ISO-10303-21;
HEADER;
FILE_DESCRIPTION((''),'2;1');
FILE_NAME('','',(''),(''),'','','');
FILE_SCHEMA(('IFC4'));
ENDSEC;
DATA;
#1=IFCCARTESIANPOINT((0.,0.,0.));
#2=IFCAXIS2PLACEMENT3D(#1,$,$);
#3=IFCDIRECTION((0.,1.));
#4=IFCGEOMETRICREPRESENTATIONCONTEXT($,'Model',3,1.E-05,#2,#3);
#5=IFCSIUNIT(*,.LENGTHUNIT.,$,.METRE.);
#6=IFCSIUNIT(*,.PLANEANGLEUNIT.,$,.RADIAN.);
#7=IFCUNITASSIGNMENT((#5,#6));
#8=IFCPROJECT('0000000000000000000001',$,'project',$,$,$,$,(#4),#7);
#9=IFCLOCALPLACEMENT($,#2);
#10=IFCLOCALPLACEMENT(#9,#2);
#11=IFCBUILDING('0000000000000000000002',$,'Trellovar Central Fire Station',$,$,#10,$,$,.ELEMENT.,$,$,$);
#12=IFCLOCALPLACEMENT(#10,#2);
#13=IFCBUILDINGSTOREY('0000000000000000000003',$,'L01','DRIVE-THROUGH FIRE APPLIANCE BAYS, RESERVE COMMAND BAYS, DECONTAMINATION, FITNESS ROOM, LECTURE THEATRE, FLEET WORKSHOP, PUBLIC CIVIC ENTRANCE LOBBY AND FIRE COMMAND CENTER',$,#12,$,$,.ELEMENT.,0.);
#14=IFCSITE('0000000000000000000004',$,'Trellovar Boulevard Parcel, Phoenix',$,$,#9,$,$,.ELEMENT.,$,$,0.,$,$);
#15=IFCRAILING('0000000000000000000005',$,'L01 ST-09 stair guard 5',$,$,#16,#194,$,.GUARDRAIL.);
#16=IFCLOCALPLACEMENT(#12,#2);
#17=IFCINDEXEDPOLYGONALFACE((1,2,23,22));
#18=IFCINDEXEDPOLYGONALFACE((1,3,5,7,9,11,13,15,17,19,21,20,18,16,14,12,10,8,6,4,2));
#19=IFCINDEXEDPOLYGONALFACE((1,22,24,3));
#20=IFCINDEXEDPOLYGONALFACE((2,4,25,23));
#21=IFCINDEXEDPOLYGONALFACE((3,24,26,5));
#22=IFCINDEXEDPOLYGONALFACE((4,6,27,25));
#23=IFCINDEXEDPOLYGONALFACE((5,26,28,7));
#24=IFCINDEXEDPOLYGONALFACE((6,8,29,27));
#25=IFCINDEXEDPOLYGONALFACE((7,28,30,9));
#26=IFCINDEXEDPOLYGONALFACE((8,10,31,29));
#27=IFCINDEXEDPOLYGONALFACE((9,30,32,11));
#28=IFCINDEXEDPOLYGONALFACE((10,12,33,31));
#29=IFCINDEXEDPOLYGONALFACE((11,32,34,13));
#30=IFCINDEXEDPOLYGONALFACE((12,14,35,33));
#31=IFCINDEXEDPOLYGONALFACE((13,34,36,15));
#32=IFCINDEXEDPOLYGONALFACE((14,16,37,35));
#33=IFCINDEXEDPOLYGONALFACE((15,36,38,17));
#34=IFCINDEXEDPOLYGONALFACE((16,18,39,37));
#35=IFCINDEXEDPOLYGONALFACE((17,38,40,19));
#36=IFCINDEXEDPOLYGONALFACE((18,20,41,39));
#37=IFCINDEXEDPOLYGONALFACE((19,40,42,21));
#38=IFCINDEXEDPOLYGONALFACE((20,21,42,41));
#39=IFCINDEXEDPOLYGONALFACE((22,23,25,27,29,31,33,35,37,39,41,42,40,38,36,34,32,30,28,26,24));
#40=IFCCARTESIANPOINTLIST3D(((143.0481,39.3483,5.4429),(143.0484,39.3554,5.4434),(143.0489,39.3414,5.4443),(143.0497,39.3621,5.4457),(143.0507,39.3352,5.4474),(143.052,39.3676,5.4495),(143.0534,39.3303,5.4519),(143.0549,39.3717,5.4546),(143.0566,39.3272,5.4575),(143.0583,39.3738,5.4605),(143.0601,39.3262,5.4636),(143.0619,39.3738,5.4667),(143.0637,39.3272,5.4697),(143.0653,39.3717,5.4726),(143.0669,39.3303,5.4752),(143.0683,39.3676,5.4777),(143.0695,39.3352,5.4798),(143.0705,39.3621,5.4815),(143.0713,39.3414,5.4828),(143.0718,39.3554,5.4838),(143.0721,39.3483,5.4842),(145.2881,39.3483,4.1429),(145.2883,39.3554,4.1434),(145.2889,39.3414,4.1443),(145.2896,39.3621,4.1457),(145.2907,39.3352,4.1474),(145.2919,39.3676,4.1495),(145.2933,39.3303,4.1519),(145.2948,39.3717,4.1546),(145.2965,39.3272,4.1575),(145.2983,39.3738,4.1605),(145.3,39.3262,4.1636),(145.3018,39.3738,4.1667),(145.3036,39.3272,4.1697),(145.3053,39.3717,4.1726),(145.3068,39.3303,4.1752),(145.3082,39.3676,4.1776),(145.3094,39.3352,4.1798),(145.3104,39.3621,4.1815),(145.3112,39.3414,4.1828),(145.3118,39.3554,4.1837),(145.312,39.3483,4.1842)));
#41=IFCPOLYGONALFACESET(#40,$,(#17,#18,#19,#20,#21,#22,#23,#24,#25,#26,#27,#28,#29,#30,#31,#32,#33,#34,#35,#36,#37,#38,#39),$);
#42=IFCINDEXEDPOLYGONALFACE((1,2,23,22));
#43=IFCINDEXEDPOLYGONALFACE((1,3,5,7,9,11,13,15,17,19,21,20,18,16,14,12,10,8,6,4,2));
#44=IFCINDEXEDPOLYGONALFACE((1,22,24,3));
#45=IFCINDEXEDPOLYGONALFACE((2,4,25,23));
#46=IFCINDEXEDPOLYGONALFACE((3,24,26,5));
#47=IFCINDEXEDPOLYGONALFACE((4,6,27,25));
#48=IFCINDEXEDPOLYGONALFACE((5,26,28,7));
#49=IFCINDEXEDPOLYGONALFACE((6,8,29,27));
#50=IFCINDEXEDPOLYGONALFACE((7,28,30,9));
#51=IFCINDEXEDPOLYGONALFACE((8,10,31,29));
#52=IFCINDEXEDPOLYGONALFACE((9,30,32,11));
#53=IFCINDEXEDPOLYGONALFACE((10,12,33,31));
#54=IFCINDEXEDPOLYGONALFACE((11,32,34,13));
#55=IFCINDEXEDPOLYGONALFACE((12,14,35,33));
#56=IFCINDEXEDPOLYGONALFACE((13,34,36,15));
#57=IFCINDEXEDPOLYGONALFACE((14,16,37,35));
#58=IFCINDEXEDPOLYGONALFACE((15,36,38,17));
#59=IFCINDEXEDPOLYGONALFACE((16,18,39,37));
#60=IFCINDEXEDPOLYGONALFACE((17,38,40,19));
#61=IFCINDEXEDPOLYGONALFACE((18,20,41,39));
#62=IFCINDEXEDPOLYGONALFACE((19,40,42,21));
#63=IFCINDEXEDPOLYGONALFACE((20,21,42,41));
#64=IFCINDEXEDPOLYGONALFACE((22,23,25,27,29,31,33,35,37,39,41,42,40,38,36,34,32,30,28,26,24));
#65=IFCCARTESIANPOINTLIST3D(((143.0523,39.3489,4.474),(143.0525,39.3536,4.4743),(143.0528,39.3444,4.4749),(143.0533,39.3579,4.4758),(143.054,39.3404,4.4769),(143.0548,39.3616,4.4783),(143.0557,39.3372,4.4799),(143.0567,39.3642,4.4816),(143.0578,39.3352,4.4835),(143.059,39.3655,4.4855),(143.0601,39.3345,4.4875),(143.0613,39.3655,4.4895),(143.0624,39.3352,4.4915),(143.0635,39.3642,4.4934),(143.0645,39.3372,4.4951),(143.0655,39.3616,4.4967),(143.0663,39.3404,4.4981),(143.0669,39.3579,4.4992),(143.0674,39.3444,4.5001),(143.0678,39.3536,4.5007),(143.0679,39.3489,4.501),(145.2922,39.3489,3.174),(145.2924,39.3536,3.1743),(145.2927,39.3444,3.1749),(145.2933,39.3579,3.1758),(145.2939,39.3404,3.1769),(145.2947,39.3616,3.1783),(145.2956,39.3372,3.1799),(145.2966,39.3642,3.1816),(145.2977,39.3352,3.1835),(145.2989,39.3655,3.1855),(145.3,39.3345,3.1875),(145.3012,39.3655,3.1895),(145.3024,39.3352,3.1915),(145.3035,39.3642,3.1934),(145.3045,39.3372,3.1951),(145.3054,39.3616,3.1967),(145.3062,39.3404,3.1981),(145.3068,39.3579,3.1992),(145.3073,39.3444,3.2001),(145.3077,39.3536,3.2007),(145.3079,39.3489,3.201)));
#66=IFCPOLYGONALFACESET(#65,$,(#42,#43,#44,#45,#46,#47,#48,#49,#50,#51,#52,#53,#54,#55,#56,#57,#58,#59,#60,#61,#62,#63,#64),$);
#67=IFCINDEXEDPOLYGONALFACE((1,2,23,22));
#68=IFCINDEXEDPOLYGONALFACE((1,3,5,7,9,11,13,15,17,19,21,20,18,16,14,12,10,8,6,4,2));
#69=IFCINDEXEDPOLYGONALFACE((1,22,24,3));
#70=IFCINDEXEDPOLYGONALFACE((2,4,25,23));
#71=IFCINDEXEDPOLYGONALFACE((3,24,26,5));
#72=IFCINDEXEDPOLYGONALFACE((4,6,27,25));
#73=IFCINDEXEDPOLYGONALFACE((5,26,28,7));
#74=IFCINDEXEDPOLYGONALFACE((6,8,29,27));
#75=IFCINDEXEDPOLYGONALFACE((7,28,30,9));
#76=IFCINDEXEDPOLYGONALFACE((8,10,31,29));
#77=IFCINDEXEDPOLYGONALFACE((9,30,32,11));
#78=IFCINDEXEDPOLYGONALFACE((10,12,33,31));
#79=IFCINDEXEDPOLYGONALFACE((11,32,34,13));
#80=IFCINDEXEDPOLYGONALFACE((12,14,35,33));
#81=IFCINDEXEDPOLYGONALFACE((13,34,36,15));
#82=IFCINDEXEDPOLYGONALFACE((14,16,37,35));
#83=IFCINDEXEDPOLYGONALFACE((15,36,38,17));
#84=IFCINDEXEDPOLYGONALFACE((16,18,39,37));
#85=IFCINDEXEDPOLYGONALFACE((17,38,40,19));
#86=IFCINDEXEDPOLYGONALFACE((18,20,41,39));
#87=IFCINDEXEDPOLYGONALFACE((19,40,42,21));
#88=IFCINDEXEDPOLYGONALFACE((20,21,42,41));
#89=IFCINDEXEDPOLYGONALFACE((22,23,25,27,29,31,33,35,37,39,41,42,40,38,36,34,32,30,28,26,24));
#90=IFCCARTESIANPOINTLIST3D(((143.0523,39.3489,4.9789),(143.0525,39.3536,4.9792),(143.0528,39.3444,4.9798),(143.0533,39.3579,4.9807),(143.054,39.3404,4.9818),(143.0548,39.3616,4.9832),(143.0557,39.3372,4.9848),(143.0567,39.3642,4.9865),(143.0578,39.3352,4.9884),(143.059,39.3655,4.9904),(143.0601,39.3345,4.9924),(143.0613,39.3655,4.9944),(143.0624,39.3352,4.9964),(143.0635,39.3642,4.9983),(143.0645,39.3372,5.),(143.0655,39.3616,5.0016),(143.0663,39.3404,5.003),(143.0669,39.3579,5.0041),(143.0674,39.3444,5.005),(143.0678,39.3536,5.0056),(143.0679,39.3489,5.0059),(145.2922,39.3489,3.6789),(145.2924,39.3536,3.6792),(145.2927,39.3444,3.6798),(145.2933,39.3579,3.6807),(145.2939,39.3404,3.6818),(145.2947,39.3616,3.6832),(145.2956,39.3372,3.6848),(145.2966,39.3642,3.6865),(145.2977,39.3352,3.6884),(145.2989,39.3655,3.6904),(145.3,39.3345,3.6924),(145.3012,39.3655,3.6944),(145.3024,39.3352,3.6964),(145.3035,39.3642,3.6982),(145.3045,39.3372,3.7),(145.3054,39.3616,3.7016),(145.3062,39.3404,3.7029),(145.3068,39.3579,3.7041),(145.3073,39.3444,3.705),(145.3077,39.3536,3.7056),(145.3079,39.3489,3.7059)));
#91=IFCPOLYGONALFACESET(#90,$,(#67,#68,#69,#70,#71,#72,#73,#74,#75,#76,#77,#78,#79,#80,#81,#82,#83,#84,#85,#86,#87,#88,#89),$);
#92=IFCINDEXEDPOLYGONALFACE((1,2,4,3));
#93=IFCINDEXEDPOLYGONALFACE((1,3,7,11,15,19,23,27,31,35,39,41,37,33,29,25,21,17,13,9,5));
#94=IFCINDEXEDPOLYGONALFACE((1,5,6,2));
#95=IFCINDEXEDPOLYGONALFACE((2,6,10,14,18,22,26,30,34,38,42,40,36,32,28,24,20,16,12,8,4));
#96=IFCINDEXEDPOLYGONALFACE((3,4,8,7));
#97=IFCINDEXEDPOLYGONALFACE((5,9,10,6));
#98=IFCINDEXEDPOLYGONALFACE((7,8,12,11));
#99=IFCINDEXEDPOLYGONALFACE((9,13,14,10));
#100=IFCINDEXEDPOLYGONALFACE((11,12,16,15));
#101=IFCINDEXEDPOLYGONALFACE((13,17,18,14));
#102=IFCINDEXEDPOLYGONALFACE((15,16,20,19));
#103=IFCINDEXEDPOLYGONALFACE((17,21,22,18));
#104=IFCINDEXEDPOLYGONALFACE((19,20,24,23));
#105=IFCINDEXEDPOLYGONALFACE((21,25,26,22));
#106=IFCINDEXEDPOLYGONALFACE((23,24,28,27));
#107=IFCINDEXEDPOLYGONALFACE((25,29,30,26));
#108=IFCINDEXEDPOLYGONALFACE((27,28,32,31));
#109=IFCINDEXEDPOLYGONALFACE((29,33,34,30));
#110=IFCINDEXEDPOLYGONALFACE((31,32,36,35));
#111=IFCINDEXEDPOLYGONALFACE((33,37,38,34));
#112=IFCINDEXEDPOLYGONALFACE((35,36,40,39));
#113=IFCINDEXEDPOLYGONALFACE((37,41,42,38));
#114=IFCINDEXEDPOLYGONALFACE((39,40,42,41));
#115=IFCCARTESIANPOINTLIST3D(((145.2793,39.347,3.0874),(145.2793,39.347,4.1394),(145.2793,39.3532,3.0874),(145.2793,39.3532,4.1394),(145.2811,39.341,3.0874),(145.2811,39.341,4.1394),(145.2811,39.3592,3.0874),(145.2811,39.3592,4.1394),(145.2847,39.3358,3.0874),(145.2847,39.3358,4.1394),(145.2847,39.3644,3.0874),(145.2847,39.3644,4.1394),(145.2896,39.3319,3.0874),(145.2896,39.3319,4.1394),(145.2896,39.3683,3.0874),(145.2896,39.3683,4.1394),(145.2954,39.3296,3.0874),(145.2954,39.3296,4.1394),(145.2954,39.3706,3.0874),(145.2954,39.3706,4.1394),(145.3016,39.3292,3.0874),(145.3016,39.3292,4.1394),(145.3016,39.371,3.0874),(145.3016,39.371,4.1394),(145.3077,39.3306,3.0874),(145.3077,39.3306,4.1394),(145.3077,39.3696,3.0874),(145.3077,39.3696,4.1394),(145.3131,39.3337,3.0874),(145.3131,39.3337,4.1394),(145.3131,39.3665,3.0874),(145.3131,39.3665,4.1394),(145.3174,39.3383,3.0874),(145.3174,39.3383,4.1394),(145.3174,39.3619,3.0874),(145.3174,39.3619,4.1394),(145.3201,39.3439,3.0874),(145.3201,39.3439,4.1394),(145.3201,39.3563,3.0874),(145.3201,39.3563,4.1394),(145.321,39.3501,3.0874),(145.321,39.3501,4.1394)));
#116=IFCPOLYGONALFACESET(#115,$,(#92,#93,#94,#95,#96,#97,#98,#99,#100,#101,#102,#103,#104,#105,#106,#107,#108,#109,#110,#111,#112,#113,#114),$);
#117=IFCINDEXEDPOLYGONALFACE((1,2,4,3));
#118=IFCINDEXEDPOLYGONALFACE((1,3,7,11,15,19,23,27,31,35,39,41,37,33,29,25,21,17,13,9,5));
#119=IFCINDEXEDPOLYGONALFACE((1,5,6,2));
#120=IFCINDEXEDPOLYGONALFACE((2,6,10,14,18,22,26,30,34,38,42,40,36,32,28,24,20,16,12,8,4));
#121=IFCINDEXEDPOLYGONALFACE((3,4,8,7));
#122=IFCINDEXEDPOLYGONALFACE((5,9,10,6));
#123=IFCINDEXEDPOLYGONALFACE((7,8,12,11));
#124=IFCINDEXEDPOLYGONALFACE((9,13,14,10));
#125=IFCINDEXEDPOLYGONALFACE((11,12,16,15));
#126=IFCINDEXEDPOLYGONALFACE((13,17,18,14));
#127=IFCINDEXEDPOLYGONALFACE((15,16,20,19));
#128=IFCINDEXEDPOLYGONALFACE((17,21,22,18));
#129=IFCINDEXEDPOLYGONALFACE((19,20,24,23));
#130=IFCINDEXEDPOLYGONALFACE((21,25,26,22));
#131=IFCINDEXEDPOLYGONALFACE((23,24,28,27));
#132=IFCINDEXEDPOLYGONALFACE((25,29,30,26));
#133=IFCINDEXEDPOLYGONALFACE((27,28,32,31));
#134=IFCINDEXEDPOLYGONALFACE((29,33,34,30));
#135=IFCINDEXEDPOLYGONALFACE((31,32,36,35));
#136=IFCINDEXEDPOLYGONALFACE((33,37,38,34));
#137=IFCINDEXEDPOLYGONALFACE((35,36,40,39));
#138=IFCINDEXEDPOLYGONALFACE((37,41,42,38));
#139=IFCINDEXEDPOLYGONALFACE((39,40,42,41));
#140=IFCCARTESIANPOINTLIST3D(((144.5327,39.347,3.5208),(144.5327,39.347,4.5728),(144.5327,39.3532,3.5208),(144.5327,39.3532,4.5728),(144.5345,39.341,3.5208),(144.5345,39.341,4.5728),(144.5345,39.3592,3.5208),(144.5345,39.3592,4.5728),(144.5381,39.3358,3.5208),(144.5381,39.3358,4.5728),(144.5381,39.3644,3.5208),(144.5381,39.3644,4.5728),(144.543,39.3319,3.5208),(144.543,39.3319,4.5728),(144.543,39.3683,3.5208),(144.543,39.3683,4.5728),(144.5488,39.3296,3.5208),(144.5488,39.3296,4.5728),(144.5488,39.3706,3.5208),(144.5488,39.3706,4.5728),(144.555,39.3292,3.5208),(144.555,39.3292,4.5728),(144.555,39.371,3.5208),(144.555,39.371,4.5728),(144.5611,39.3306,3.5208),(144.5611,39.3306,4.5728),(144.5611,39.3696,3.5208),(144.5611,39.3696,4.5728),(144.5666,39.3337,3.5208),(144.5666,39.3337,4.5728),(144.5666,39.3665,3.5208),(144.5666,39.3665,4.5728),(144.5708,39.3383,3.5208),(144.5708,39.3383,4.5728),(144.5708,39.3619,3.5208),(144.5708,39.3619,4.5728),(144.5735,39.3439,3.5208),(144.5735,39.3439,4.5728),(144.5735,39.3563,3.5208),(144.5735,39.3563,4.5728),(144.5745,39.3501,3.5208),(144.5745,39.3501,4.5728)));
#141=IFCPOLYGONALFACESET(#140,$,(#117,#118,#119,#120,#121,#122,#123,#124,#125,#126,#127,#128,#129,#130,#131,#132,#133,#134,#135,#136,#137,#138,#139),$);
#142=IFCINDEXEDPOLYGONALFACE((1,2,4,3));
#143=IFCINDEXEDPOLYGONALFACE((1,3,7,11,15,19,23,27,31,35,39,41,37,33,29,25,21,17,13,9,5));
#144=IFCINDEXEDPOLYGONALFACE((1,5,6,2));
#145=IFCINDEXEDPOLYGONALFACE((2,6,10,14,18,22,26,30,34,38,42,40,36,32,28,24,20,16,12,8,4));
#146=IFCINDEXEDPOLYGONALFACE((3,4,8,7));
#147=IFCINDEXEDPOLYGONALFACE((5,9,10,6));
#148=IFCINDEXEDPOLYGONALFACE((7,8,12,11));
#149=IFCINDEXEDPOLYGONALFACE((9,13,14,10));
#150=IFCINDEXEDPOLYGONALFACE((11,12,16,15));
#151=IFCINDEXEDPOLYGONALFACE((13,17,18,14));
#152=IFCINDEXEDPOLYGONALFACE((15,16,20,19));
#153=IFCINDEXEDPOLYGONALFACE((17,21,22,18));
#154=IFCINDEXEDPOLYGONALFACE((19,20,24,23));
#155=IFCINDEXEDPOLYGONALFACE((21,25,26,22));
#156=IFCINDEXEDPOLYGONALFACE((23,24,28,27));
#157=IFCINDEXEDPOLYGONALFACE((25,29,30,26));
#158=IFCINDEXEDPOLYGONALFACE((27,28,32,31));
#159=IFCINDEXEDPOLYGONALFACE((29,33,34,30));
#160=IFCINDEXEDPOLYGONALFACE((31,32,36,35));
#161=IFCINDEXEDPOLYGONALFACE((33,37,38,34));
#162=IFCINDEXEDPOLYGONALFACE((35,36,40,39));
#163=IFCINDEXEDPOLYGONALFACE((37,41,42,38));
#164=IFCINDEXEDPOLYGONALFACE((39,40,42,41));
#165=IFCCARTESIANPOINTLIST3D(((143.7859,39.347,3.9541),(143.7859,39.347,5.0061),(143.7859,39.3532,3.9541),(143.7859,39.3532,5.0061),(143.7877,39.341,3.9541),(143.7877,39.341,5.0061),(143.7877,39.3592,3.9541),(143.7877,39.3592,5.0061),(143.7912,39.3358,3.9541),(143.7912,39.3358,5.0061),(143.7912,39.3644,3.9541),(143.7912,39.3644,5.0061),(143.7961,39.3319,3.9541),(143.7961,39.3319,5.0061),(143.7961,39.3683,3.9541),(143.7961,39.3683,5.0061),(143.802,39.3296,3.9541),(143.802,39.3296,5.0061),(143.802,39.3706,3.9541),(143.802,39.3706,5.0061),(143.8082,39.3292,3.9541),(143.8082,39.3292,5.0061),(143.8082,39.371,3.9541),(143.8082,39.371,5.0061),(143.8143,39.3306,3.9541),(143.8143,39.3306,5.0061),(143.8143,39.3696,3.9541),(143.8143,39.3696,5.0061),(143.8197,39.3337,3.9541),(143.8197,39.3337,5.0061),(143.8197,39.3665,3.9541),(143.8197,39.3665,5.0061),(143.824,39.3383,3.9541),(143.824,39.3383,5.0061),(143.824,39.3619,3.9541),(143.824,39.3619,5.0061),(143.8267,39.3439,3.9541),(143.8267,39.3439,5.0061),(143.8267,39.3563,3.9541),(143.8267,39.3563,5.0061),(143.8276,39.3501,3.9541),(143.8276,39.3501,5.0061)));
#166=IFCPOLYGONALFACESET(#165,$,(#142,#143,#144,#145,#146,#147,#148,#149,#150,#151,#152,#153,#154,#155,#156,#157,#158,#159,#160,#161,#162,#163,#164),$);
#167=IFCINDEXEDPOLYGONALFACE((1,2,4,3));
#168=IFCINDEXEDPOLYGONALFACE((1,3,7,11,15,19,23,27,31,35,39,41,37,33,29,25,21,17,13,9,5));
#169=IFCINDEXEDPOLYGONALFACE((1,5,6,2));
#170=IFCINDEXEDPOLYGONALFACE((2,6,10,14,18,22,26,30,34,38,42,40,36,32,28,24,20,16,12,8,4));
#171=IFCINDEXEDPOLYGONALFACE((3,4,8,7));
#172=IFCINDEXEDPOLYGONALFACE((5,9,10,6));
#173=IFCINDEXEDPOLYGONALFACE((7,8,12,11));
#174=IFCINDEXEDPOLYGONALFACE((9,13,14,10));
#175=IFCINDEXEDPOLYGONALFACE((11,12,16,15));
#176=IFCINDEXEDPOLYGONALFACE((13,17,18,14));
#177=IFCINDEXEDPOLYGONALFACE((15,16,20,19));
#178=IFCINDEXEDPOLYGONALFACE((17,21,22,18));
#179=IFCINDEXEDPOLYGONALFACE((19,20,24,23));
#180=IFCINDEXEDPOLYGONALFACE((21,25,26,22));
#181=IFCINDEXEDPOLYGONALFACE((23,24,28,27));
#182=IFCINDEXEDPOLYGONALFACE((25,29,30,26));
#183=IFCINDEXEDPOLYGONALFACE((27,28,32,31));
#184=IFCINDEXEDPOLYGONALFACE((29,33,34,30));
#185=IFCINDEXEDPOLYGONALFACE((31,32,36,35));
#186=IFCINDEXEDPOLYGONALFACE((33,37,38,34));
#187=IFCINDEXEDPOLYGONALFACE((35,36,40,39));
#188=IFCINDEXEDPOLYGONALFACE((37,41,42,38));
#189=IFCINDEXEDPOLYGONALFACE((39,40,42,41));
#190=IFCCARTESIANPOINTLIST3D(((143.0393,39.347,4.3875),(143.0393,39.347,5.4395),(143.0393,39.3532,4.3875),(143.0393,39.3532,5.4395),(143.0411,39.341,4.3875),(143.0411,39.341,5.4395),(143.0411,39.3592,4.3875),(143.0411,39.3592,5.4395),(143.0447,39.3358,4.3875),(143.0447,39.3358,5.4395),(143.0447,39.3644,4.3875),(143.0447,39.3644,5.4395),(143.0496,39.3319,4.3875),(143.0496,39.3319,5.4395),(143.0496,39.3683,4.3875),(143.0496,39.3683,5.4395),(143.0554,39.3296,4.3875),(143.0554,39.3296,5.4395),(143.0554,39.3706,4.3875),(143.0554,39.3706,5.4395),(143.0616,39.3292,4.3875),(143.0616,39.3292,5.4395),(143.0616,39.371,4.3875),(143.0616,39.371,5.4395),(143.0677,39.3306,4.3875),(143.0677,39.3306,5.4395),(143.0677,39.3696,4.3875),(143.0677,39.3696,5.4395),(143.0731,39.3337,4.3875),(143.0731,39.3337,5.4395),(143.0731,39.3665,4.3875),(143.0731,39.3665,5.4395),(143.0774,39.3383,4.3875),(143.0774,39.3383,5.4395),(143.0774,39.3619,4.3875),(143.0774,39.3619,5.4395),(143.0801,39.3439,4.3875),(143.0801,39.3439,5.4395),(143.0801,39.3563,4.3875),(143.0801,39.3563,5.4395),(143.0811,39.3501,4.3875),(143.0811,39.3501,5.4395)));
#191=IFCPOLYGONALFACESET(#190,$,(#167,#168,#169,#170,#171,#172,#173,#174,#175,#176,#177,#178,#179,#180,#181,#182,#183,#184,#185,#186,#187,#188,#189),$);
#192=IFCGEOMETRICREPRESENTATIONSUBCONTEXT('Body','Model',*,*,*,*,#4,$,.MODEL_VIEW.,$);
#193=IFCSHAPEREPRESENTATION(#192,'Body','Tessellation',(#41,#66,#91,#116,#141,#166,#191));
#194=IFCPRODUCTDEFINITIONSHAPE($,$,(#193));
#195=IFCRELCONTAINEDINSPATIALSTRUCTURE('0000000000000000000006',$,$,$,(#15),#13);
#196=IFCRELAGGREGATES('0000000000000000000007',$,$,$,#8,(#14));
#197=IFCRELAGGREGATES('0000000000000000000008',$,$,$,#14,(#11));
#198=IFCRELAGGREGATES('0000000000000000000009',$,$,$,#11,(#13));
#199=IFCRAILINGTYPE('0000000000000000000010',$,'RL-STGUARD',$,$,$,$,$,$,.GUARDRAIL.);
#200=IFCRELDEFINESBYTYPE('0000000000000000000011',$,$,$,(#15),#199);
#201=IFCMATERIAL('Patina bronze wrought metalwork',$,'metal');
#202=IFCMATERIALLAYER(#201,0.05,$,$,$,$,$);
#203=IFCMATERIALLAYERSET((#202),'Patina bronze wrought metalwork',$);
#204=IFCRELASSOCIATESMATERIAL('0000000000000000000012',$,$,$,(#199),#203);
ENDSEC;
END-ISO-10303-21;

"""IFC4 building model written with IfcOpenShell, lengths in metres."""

from ifc_helpers import new_model, si_unit, direction, frame, origin, origin_2d, place, context, subcontext, project, spatial, circle, extrude, material, layer, layer_set, type_object, element, save


model = new_model("IFC4")

# Units and contexts
model_context = context("Model", 3, precision=1e-05, world=origin(), true_north=direction((0.0, 1.0)))
body_context = subcontext(model_context, "Body", "Model", "MODEL_VIEW")
ifc_project = project(units=[si_unit("LENGTHUNIT", "METRE"), si_unit("PLANEANGLEUNIT", "RADIAN")], contexts=[model_context])

# Site, building, storey
site_placement = place(None, origin())
site = spatial("IfcSite", under=ifc_project, at=site_placement, Name="Trellovar Boulevard Parcel, Phoenix", CompositionType="ELEMENT", RefElevation=0.0)
building_placement = place(site_placement, origin())
building = spatial("IfcBuilding", under=site, at=building_placement, Name="Trellovar Central Fire Station", CompositionType="ELEMENT")
storey_placement = place(building_placement, origin())
storey = spatial("IfcBuildingStorey", under=building, at=storey_placement, Name="L01", Description="DRIVE-THROUGH FIRE APPLIANCE BAYS, RESERVE COMMAND BAYS, DECONTAMINATION, FITNESS ROOM, LECTURE THEATRE, FLEET WORKSHOP, PUBLIC CIVIC ENTRANCE LOBBY AND FIRE COMMAND CENTER", CompositionType="ELEMENT", Elevation=0.0)

# Railing
ifc_material_1 = material(Name="Patina bronze wrought metalwork", Category="metal")
ifc_layer_1 = layer(ifc_material_1, 0.05)
ifc_layer_set_1 = layer_set([ifc_layer_1], Name="Patina bronze wrought metalwork")
railing_type = type_object("IfcRailingType", Name="RL-STGUARD", PredefinedType="GUARDRAIL", material=ifc_layer_set_1)
railing_1_placement = place(storey_placement, frame((145.3, 39.3501, 3.0874)))
element("IfcRailing", 1, at=railing_1_placement, inside=storey, type_object=railing_type, Name="L01 ST-09 stair guard 5", PredefinedType="GUARDRAIL", context=body_context, shape_type="SweptSolid", body=[
    extrude(circle(Radius=0.0239, at=origin_2d()), frame((0.0, 0.0, 1.0762), z_axis=(-0.864888, 0.0, 0.501965), x_axis=(0.0, -1.0, 0.0)), (0.0, 0.0, 1.0), 2.5898),
    extrude(circle(Radius=0.0156, at=origin_2d()), frame((0.0, 0.0, 0.1001), z_axis=(-0.864888, 0.0, 0.501965), x_axis=(0.0, -1.0, 0.0)), (0.0, 0.0, 1.0), 2.5898),
    extrude(circle(Radius=0.0156, at=origin_2d()), frame((0.0, 0.0, 0.605), z_axis=(-0.864888, 0.0, 0.501965), x_axis=(0.0, -1.0, 0.0)), (0.0, 0.0, 1.0), 2.5898),
    extrude(circle(Radius=0.021, at=origin_2d()), origin(), (0.0, 0.0, 1.0), 1.052),
    extrude(circle(Radius=0.021, at=origin_2d()), frame((-0.7466, 0.0, 0.4333)), (0.0, 0.0, 1.0), 1.052),
    extrude(circle(Radius=0.021, at=origin_2d()), frame((-1.4934, 0.0, 0.8667)), (0.0, 0.0, 1.0), 1.052),
    extrude(circle(Radius=0.021, at=origin_2d()), frame((-2.24, 0.0, 1.3)), (0.0, 0.0, 1.0), 1.052),
])

save(model, "model.ifc")
